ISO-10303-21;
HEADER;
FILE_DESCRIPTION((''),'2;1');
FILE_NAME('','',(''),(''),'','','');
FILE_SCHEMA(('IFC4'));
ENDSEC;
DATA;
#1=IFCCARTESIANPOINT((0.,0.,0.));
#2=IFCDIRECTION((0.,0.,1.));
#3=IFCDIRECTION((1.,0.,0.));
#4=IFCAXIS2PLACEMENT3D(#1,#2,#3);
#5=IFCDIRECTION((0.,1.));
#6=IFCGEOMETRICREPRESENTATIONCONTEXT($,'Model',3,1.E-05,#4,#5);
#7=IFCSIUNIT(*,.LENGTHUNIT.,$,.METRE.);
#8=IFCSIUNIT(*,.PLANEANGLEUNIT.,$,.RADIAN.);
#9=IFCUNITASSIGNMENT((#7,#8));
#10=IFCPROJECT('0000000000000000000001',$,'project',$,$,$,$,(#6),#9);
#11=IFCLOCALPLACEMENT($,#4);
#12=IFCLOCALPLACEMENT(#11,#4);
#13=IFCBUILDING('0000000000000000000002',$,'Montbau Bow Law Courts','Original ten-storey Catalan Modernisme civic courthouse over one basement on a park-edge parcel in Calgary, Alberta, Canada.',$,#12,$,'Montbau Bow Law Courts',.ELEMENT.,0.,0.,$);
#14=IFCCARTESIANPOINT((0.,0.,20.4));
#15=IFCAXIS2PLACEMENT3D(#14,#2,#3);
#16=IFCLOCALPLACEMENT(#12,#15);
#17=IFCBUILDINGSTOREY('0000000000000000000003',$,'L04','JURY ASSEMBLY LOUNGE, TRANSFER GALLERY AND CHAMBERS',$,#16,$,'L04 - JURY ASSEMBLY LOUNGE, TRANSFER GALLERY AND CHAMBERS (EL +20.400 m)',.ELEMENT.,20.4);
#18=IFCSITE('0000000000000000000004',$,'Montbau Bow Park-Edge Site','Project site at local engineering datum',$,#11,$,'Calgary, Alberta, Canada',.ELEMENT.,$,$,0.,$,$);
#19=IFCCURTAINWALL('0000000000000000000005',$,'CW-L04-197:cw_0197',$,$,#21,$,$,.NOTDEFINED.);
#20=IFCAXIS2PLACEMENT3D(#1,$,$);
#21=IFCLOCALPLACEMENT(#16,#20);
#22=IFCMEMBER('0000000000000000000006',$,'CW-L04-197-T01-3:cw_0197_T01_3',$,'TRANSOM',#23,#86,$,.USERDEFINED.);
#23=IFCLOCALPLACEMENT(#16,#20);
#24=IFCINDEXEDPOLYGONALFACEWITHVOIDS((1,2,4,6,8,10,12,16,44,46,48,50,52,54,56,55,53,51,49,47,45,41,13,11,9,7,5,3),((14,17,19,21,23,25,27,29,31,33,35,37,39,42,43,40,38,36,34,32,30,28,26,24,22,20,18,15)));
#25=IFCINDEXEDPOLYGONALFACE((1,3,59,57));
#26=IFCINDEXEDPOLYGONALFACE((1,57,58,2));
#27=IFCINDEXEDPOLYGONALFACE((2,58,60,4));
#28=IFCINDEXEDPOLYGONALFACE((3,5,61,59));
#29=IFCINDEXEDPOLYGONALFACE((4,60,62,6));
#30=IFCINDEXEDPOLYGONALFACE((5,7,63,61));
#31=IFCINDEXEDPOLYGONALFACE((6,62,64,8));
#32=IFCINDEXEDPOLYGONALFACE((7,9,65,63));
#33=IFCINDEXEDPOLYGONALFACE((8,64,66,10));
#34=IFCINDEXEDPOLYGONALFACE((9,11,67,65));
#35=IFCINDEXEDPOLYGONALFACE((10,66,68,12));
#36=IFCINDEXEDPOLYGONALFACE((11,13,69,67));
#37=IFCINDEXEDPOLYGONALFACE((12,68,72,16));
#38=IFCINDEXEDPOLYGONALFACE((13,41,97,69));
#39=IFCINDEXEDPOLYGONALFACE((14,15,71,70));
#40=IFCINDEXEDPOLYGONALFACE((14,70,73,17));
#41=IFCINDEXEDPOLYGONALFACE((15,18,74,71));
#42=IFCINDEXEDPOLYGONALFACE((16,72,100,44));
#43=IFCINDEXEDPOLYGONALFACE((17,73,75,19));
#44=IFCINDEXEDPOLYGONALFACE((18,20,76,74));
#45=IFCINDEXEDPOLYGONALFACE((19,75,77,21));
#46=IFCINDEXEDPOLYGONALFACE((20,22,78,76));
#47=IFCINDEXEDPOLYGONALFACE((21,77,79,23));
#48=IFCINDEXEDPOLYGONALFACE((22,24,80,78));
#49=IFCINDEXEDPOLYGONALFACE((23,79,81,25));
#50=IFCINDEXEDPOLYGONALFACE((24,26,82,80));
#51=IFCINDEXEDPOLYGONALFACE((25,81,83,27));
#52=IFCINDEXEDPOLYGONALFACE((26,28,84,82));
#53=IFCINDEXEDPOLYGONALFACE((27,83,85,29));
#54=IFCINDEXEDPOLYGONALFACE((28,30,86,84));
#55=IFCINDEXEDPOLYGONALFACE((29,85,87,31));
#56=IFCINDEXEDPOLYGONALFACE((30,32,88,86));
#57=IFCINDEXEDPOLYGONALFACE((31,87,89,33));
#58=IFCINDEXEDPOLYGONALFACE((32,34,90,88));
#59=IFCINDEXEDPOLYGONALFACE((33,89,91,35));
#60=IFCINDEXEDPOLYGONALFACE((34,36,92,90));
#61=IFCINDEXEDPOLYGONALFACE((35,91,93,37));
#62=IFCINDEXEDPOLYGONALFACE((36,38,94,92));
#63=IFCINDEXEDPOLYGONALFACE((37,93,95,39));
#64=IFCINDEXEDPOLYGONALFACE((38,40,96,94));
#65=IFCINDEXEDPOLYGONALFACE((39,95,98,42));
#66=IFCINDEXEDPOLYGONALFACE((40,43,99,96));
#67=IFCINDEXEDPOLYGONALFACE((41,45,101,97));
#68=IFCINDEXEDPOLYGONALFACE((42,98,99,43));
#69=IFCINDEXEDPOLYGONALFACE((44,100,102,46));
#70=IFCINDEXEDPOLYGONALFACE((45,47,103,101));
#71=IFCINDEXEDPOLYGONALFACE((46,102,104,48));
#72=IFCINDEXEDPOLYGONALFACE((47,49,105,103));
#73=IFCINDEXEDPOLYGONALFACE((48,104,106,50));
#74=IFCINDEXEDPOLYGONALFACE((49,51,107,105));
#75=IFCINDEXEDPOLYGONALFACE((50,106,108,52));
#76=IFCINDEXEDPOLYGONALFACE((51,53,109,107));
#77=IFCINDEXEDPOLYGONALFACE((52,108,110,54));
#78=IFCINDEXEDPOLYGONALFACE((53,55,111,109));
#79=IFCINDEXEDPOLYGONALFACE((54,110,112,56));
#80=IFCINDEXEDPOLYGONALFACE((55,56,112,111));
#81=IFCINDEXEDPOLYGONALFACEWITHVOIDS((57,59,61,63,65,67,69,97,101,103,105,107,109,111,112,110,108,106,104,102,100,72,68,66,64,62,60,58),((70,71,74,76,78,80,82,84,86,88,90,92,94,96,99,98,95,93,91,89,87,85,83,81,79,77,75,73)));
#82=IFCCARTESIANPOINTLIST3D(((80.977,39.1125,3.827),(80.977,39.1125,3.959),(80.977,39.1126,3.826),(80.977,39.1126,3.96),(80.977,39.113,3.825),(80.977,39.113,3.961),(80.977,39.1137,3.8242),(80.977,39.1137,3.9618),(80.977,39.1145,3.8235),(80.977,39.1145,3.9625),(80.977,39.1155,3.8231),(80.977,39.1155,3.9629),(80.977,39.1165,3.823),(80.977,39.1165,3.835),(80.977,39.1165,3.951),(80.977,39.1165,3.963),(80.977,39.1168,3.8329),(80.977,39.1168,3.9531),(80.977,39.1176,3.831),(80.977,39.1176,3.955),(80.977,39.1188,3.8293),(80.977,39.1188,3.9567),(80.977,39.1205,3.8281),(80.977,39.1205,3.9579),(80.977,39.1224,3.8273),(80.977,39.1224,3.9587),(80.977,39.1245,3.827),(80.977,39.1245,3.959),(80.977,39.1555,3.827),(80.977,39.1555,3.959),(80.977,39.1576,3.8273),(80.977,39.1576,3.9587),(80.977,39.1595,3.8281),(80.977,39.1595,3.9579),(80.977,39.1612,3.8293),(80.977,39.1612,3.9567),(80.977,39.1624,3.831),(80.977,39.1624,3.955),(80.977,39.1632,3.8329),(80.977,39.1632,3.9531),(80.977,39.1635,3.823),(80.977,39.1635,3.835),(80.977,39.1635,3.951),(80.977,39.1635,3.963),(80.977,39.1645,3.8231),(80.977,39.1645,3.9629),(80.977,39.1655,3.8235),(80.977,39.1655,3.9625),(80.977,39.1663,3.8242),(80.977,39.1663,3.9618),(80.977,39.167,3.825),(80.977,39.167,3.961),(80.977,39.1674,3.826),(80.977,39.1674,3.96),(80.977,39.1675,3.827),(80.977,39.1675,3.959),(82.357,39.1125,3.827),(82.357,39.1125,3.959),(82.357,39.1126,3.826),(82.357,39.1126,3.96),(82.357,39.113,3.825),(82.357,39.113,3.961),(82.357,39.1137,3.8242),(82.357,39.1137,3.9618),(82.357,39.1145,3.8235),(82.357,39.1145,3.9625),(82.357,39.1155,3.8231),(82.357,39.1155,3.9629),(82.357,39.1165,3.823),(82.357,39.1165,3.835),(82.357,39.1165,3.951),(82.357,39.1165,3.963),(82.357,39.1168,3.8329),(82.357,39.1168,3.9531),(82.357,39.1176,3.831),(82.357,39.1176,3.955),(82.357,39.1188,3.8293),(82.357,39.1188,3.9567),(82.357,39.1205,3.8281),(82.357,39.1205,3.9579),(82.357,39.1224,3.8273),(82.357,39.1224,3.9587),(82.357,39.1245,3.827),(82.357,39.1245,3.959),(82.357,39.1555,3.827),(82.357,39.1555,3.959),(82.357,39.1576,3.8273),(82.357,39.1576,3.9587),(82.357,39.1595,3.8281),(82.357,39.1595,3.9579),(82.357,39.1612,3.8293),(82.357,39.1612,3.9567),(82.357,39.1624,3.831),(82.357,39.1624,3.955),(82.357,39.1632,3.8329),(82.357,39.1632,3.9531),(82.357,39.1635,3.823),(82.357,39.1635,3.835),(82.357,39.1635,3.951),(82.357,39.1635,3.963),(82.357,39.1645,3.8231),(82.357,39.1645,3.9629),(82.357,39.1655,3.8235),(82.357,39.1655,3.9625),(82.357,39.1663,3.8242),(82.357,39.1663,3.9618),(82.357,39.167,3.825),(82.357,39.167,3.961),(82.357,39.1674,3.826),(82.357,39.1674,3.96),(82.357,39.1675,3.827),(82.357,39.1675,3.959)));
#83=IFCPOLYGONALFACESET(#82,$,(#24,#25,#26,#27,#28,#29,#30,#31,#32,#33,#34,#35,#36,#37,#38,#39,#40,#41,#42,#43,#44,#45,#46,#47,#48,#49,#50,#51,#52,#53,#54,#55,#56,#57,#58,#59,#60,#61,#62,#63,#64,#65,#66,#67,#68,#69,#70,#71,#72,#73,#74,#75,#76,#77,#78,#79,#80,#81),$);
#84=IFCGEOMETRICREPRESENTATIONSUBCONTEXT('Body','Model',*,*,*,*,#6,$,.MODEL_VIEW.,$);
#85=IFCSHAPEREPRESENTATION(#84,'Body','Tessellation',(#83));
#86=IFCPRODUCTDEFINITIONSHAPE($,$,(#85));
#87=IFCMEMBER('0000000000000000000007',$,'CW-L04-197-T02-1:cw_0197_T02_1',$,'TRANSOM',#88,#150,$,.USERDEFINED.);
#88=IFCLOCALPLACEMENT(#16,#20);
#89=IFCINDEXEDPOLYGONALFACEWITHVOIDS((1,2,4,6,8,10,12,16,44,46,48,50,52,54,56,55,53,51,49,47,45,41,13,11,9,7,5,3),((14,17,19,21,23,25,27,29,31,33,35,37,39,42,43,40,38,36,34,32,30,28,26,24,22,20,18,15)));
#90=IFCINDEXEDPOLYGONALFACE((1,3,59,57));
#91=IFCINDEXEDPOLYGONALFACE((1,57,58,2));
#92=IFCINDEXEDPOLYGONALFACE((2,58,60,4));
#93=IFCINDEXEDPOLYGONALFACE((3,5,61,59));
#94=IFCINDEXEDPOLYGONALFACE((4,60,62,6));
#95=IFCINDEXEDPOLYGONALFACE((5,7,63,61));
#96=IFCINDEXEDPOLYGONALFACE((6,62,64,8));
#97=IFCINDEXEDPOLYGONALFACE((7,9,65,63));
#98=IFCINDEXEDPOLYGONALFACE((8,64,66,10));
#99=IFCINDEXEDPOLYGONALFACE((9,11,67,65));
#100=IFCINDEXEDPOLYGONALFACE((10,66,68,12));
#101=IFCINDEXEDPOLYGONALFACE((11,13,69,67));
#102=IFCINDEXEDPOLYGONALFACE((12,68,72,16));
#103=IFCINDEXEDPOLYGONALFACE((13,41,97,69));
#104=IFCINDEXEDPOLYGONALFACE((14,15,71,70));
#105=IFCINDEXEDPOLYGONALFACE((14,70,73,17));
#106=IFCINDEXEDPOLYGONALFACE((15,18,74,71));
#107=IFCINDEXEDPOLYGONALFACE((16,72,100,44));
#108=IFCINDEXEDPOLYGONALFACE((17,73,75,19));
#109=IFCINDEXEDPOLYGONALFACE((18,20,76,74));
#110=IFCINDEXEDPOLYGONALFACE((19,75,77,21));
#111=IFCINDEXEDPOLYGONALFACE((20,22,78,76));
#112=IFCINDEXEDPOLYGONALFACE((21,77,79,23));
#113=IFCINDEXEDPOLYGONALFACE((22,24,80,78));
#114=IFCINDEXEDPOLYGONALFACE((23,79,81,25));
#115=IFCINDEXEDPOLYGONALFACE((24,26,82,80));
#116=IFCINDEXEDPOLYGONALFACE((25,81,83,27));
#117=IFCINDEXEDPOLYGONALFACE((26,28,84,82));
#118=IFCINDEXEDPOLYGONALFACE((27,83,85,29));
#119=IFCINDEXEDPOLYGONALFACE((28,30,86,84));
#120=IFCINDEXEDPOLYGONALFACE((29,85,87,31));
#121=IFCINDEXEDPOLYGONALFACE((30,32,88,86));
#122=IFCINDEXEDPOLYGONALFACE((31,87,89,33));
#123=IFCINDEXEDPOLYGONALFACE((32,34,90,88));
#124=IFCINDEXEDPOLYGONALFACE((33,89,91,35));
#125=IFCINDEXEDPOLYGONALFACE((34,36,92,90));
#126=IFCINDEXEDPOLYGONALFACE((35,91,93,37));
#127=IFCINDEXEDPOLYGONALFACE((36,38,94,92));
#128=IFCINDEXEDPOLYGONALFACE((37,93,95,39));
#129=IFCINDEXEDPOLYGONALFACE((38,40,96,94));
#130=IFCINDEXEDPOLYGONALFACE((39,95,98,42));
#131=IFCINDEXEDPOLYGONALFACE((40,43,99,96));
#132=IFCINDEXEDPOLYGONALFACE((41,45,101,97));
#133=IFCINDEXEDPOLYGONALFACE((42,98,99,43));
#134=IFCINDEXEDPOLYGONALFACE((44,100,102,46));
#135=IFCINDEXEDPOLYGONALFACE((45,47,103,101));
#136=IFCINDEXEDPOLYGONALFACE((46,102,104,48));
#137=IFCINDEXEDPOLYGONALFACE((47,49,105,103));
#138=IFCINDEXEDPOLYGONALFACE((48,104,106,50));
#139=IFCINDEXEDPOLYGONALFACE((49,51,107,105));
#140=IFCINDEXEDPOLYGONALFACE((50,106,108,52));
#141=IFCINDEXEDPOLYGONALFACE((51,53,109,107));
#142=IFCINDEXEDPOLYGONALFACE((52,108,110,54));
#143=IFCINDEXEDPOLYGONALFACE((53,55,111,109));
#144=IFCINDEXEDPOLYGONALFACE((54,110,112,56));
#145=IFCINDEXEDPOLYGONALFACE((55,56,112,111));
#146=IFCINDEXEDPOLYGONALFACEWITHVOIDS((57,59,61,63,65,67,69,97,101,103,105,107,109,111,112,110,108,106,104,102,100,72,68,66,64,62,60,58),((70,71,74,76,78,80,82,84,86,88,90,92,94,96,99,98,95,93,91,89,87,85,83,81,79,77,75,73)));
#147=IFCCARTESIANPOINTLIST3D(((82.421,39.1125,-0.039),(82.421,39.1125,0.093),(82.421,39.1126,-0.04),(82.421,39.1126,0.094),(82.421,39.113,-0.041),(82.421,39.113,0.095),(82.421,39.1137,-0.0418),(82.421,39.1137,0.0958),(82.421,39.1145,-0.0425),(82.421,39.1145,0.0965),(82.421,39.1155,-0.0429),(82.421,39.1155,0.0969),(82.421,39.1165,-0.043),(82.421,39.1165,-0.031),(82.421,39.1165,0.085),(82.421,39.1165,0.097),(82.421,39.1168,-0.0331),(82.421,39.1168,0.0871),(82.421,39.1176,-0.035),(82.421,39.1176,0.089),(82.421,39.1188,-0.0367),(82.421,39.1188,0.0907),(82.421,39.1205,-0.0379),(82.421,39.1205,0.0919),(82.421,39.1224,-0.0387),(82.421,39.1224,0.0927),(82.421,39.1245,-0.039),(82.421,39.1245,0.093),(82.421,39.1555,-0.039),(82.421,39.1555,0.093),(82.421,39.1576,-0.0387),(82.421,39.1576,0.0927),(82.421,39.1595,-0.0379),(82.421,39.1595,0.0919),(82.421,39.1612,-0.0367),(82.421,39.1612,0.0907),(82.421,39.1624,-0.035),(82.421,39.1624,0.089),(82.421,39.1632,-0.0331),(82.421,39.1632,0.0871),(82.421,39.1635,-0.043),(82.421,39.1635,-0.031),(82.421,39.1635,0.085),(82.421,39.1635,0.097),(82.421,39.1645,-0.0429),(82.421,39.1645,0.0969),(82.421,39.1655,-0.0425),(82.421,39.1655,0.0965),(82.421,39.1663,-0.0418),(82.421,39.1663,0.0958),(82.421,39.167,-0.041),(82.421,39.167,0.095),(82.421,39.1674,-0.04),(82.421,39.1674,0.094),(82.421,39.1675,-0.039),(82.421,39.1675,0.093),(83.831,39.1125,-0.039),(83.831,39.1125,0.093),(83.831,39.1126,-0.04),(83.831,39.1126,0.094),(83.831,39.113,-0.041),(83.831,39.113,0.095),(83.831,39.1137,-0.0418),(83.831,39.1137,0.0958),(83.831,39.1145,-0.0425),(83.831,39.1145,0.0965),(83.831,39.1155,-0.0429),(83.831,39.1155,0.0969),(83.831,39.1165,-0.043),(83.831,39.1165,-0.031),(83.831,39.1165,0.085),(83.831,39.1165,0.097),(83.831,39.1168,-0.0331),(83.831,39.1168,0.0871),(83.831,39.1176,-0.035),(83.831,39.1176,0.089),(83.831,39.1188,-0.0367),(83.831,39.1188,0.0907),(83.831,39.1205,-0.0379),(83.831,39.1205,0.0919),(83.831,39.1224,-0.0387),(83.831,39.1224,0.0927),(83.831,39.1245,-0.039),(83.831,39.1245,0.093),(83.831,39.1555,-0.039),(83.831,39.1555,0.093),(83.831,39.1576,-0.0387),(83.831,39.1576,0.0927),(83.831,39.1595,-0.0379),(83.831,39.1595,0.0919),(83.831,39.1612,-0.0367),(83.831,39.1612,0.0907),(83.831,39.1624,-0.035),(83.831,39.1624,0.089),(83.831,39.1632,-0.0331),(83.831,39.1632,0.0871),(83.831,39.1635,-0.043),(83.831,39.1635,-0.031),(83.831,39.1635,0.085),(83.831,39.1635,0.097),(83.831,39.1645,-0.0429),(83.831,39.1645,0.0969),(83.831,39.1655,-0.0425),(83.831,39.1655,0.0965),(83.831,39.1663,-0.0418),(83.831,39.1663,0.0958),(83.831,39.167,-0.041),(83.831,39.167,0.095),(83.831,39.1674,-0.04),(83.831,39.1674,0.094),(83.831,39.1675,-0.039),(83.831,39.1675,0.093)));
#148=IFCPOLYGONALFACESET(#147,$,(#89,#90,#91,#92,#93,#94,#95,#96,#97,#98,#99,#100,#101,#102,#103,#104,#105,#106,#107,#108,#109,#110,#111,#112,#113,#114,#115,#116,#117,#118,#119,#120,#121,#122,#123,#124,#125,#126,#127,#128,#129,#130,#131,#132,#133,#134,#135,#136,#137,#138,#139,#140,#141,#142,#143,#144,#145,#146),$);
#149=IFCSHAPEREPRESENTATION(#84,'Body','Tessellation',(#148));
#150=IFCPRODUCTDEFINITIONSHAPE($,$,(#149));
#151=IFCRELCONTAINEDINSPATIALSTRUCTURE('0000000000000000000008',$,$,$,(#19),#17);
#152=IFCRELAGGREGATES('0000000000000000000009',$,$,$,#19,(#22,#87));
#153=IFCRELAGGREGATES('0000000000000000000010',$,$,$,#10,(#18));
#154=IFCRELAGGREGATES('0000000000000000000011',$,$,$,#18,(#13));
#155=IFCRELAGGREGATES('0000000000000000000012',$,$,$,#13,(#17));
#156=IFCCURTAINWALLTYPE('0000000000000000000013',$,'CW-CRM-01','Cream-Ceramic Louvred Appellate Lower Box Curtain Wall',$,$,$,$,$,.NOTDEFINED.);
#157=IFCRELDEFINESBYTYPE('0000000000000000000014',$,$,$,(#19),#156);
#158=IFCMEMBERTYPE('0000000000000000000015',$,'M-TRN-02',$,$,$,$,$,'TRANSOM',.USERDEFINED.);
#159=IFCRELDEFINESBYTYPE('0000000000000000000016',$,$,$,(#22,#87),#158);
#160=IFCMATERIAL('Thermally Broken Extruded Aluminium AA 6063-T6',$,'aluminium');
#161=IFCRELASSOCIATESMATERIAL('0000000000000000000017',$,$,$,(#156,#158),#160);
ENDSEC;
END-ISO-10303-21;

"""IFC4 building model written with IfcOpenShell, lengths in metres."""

from ifc_helpers import new_model, si_unit, direction, frame, origin_with_axes, origin_2d_with_axis, place, context, subcontext, project, spatial, hollow_rectangle, extrude, material, material_profile, profile_set, type_object, element, aggregate, save


model = new_model("IFC4")

# Units and contexts
model_context = context("Model", 3, precision=1e-05, world=origin_with_axes(), true_north=direction((0.0, 1.0)))
body_context = subcontext(model_context, "Body", "Model", "MODEL_VIEW")
ifc_project = project(units=[si_unit("LENGTHUNIT", "METRE"), si_unit("PLANEANGLEUNIT", "RADIAN")], contexts=[model_context])

# Site, building, storey
site_placement = place(None, origin_with_axes())
site = spatial("IfcSite", under=ifc_project, at=site_placement, Name="Montbau Bow Park-Edge Site", Description="Project site at local engineering datum", LongName="Calgary, Alberta, Canada", CompositionType="ELEMENT", RefElevation=0.0)
building_placement = place(site_placement, origin_with_axes())
building = spatial("IfcBuilding", under=site, at=building_placement, Name="Montbau Bow Law Courts", Description="Original ten-storey Catalan Modernisme civic courthouse over one basement on a park-edge parcel in Calgary, Alberta, Canada.", LongName="Montbau Bow Law Courts", CompositionType="ELEMENT", ElevationOfRefHeight=0.0, ElevationOfTerrain=0.0)
storey_placement = place(building_placement, frame((0.0, 0.0, 20.4), z_axis=(0.0, 0.0, 1.0), x_axis=(1.0, 0.0, 0.0)))
storey = spatial("IfcBuildingStorey", under=building, at=storey_placement, Name="L04", Description="JURY ASSEMBLY LOUNGE, TRANSFER GALLERY AND CHAMBERS", LongName="L04 - JURY ASSEMBLY LOUNGE, TRANSFER GALLERY AND CHAMBERS (EL +20.400 m)", CompositionType="ELEMENT", Elevation=20.4)

# Shared definitions
ifc_material_1 = material(Name="Thermally Broken Extruded Aluminium AA 6063-T6", Category="aluminium")
curtain_wall_type = type_object("IfcCurtainWallType", Name="CW-CRM-01", Description="Cream-Ceramic Louvred Appellate Lower Box Curtain Wall", PredefinedType="NOTDEFINED", material=ifc_material_1)

# Curtain wall, members
curtain_wall_1_placement = place(None, frame((80.915, 39.14, 20.4), z_axis=(0.0, 0.0, 1.0), x_axis=(1.0, 0.0, 0.0)))
curtain_wall_1 = element("IfcCurtainWall", 1, at=curtain_wall_1_placement, inside=storey, type_object=curtain_wall_type, Name="CW-L04-197:cw_0197", PredefinedType="NOTDEFINED")
ifc_material_profile_1 = material_profile(ifc_material_1, hollow_rectangle(XDim=0.055, YDim=0.14, WallThickness=0.004, InnerFilletRadius=0.008, OuterFilletRadius=0.004, at=origin_2d_with_axis()), Name="CWT-140X55", Category="Main", Priority=0)
ifc_profile_set_1 = profile_set([ifc_material_profile_1], Name="Thermally Broken Extruded Aluminium AA 6063-T6")
member_type_1 = type_object("IfcMemberType", Name="M-TRN-02", ElementType="TRANSOM", PredefinedType="USERDEFINED", material=ifc_profile_set_1)
member_1_placement = place(None, frame((80.977, 39.14, 24.293), z_axis=(1.0, 0.0, 0.0), x_axis=(0.0, 1.0, 0.0)))
member_1 = element("IfcMember", 2, at=member_1_placement, type_object=member_type_1, Name="CW-L04-197-T01-3:cw_0197_T01_3", ObjectType="TRANSOM", PredefinedType="USERDEFINED", context=body_context, shape_type="SweptSolid", body=[
    extrude(hollow_rectangle(XDim=0.055, YDim=0.14, WallThickness=0.004, InnerFilletRadius=0.008, OuterFilletRadius=0.004, at=origin_2d_with_axis()), origin_with_axes(), (0.0, 0.0, 1.0), 1.38),
])
member_2_placement = place(None, frame((82.421, 39.14, 20.427), z_axis=(1.0, 0.0, 0.0), x_axis=(0.0, 1.0, 0.0)))
member_2 = element("IfcMember", 3, at=member_2_placement, type_object=member_type_1, Name="CW-L04-197-T02-1:cw_0197_T02_1", ObjectType="TRANSOM", PredefinedType="USERDEFINED", context=body_context, shape_type="SweptSolid", body=[
    extrude(hollow_rectangle(XDim=0.055, YDim=0.14, WallThickness=0.004, InnerFilletRadius=0.008, OuterFilletRadius=0.004, at=origin_2d_with_axis()), origin_with_axes(), (0.0, 0.0, 1.0), 1.41),
])
aggregate(curtain_wall_1, [member_1, member_2])

save(model, "model.ifc")
